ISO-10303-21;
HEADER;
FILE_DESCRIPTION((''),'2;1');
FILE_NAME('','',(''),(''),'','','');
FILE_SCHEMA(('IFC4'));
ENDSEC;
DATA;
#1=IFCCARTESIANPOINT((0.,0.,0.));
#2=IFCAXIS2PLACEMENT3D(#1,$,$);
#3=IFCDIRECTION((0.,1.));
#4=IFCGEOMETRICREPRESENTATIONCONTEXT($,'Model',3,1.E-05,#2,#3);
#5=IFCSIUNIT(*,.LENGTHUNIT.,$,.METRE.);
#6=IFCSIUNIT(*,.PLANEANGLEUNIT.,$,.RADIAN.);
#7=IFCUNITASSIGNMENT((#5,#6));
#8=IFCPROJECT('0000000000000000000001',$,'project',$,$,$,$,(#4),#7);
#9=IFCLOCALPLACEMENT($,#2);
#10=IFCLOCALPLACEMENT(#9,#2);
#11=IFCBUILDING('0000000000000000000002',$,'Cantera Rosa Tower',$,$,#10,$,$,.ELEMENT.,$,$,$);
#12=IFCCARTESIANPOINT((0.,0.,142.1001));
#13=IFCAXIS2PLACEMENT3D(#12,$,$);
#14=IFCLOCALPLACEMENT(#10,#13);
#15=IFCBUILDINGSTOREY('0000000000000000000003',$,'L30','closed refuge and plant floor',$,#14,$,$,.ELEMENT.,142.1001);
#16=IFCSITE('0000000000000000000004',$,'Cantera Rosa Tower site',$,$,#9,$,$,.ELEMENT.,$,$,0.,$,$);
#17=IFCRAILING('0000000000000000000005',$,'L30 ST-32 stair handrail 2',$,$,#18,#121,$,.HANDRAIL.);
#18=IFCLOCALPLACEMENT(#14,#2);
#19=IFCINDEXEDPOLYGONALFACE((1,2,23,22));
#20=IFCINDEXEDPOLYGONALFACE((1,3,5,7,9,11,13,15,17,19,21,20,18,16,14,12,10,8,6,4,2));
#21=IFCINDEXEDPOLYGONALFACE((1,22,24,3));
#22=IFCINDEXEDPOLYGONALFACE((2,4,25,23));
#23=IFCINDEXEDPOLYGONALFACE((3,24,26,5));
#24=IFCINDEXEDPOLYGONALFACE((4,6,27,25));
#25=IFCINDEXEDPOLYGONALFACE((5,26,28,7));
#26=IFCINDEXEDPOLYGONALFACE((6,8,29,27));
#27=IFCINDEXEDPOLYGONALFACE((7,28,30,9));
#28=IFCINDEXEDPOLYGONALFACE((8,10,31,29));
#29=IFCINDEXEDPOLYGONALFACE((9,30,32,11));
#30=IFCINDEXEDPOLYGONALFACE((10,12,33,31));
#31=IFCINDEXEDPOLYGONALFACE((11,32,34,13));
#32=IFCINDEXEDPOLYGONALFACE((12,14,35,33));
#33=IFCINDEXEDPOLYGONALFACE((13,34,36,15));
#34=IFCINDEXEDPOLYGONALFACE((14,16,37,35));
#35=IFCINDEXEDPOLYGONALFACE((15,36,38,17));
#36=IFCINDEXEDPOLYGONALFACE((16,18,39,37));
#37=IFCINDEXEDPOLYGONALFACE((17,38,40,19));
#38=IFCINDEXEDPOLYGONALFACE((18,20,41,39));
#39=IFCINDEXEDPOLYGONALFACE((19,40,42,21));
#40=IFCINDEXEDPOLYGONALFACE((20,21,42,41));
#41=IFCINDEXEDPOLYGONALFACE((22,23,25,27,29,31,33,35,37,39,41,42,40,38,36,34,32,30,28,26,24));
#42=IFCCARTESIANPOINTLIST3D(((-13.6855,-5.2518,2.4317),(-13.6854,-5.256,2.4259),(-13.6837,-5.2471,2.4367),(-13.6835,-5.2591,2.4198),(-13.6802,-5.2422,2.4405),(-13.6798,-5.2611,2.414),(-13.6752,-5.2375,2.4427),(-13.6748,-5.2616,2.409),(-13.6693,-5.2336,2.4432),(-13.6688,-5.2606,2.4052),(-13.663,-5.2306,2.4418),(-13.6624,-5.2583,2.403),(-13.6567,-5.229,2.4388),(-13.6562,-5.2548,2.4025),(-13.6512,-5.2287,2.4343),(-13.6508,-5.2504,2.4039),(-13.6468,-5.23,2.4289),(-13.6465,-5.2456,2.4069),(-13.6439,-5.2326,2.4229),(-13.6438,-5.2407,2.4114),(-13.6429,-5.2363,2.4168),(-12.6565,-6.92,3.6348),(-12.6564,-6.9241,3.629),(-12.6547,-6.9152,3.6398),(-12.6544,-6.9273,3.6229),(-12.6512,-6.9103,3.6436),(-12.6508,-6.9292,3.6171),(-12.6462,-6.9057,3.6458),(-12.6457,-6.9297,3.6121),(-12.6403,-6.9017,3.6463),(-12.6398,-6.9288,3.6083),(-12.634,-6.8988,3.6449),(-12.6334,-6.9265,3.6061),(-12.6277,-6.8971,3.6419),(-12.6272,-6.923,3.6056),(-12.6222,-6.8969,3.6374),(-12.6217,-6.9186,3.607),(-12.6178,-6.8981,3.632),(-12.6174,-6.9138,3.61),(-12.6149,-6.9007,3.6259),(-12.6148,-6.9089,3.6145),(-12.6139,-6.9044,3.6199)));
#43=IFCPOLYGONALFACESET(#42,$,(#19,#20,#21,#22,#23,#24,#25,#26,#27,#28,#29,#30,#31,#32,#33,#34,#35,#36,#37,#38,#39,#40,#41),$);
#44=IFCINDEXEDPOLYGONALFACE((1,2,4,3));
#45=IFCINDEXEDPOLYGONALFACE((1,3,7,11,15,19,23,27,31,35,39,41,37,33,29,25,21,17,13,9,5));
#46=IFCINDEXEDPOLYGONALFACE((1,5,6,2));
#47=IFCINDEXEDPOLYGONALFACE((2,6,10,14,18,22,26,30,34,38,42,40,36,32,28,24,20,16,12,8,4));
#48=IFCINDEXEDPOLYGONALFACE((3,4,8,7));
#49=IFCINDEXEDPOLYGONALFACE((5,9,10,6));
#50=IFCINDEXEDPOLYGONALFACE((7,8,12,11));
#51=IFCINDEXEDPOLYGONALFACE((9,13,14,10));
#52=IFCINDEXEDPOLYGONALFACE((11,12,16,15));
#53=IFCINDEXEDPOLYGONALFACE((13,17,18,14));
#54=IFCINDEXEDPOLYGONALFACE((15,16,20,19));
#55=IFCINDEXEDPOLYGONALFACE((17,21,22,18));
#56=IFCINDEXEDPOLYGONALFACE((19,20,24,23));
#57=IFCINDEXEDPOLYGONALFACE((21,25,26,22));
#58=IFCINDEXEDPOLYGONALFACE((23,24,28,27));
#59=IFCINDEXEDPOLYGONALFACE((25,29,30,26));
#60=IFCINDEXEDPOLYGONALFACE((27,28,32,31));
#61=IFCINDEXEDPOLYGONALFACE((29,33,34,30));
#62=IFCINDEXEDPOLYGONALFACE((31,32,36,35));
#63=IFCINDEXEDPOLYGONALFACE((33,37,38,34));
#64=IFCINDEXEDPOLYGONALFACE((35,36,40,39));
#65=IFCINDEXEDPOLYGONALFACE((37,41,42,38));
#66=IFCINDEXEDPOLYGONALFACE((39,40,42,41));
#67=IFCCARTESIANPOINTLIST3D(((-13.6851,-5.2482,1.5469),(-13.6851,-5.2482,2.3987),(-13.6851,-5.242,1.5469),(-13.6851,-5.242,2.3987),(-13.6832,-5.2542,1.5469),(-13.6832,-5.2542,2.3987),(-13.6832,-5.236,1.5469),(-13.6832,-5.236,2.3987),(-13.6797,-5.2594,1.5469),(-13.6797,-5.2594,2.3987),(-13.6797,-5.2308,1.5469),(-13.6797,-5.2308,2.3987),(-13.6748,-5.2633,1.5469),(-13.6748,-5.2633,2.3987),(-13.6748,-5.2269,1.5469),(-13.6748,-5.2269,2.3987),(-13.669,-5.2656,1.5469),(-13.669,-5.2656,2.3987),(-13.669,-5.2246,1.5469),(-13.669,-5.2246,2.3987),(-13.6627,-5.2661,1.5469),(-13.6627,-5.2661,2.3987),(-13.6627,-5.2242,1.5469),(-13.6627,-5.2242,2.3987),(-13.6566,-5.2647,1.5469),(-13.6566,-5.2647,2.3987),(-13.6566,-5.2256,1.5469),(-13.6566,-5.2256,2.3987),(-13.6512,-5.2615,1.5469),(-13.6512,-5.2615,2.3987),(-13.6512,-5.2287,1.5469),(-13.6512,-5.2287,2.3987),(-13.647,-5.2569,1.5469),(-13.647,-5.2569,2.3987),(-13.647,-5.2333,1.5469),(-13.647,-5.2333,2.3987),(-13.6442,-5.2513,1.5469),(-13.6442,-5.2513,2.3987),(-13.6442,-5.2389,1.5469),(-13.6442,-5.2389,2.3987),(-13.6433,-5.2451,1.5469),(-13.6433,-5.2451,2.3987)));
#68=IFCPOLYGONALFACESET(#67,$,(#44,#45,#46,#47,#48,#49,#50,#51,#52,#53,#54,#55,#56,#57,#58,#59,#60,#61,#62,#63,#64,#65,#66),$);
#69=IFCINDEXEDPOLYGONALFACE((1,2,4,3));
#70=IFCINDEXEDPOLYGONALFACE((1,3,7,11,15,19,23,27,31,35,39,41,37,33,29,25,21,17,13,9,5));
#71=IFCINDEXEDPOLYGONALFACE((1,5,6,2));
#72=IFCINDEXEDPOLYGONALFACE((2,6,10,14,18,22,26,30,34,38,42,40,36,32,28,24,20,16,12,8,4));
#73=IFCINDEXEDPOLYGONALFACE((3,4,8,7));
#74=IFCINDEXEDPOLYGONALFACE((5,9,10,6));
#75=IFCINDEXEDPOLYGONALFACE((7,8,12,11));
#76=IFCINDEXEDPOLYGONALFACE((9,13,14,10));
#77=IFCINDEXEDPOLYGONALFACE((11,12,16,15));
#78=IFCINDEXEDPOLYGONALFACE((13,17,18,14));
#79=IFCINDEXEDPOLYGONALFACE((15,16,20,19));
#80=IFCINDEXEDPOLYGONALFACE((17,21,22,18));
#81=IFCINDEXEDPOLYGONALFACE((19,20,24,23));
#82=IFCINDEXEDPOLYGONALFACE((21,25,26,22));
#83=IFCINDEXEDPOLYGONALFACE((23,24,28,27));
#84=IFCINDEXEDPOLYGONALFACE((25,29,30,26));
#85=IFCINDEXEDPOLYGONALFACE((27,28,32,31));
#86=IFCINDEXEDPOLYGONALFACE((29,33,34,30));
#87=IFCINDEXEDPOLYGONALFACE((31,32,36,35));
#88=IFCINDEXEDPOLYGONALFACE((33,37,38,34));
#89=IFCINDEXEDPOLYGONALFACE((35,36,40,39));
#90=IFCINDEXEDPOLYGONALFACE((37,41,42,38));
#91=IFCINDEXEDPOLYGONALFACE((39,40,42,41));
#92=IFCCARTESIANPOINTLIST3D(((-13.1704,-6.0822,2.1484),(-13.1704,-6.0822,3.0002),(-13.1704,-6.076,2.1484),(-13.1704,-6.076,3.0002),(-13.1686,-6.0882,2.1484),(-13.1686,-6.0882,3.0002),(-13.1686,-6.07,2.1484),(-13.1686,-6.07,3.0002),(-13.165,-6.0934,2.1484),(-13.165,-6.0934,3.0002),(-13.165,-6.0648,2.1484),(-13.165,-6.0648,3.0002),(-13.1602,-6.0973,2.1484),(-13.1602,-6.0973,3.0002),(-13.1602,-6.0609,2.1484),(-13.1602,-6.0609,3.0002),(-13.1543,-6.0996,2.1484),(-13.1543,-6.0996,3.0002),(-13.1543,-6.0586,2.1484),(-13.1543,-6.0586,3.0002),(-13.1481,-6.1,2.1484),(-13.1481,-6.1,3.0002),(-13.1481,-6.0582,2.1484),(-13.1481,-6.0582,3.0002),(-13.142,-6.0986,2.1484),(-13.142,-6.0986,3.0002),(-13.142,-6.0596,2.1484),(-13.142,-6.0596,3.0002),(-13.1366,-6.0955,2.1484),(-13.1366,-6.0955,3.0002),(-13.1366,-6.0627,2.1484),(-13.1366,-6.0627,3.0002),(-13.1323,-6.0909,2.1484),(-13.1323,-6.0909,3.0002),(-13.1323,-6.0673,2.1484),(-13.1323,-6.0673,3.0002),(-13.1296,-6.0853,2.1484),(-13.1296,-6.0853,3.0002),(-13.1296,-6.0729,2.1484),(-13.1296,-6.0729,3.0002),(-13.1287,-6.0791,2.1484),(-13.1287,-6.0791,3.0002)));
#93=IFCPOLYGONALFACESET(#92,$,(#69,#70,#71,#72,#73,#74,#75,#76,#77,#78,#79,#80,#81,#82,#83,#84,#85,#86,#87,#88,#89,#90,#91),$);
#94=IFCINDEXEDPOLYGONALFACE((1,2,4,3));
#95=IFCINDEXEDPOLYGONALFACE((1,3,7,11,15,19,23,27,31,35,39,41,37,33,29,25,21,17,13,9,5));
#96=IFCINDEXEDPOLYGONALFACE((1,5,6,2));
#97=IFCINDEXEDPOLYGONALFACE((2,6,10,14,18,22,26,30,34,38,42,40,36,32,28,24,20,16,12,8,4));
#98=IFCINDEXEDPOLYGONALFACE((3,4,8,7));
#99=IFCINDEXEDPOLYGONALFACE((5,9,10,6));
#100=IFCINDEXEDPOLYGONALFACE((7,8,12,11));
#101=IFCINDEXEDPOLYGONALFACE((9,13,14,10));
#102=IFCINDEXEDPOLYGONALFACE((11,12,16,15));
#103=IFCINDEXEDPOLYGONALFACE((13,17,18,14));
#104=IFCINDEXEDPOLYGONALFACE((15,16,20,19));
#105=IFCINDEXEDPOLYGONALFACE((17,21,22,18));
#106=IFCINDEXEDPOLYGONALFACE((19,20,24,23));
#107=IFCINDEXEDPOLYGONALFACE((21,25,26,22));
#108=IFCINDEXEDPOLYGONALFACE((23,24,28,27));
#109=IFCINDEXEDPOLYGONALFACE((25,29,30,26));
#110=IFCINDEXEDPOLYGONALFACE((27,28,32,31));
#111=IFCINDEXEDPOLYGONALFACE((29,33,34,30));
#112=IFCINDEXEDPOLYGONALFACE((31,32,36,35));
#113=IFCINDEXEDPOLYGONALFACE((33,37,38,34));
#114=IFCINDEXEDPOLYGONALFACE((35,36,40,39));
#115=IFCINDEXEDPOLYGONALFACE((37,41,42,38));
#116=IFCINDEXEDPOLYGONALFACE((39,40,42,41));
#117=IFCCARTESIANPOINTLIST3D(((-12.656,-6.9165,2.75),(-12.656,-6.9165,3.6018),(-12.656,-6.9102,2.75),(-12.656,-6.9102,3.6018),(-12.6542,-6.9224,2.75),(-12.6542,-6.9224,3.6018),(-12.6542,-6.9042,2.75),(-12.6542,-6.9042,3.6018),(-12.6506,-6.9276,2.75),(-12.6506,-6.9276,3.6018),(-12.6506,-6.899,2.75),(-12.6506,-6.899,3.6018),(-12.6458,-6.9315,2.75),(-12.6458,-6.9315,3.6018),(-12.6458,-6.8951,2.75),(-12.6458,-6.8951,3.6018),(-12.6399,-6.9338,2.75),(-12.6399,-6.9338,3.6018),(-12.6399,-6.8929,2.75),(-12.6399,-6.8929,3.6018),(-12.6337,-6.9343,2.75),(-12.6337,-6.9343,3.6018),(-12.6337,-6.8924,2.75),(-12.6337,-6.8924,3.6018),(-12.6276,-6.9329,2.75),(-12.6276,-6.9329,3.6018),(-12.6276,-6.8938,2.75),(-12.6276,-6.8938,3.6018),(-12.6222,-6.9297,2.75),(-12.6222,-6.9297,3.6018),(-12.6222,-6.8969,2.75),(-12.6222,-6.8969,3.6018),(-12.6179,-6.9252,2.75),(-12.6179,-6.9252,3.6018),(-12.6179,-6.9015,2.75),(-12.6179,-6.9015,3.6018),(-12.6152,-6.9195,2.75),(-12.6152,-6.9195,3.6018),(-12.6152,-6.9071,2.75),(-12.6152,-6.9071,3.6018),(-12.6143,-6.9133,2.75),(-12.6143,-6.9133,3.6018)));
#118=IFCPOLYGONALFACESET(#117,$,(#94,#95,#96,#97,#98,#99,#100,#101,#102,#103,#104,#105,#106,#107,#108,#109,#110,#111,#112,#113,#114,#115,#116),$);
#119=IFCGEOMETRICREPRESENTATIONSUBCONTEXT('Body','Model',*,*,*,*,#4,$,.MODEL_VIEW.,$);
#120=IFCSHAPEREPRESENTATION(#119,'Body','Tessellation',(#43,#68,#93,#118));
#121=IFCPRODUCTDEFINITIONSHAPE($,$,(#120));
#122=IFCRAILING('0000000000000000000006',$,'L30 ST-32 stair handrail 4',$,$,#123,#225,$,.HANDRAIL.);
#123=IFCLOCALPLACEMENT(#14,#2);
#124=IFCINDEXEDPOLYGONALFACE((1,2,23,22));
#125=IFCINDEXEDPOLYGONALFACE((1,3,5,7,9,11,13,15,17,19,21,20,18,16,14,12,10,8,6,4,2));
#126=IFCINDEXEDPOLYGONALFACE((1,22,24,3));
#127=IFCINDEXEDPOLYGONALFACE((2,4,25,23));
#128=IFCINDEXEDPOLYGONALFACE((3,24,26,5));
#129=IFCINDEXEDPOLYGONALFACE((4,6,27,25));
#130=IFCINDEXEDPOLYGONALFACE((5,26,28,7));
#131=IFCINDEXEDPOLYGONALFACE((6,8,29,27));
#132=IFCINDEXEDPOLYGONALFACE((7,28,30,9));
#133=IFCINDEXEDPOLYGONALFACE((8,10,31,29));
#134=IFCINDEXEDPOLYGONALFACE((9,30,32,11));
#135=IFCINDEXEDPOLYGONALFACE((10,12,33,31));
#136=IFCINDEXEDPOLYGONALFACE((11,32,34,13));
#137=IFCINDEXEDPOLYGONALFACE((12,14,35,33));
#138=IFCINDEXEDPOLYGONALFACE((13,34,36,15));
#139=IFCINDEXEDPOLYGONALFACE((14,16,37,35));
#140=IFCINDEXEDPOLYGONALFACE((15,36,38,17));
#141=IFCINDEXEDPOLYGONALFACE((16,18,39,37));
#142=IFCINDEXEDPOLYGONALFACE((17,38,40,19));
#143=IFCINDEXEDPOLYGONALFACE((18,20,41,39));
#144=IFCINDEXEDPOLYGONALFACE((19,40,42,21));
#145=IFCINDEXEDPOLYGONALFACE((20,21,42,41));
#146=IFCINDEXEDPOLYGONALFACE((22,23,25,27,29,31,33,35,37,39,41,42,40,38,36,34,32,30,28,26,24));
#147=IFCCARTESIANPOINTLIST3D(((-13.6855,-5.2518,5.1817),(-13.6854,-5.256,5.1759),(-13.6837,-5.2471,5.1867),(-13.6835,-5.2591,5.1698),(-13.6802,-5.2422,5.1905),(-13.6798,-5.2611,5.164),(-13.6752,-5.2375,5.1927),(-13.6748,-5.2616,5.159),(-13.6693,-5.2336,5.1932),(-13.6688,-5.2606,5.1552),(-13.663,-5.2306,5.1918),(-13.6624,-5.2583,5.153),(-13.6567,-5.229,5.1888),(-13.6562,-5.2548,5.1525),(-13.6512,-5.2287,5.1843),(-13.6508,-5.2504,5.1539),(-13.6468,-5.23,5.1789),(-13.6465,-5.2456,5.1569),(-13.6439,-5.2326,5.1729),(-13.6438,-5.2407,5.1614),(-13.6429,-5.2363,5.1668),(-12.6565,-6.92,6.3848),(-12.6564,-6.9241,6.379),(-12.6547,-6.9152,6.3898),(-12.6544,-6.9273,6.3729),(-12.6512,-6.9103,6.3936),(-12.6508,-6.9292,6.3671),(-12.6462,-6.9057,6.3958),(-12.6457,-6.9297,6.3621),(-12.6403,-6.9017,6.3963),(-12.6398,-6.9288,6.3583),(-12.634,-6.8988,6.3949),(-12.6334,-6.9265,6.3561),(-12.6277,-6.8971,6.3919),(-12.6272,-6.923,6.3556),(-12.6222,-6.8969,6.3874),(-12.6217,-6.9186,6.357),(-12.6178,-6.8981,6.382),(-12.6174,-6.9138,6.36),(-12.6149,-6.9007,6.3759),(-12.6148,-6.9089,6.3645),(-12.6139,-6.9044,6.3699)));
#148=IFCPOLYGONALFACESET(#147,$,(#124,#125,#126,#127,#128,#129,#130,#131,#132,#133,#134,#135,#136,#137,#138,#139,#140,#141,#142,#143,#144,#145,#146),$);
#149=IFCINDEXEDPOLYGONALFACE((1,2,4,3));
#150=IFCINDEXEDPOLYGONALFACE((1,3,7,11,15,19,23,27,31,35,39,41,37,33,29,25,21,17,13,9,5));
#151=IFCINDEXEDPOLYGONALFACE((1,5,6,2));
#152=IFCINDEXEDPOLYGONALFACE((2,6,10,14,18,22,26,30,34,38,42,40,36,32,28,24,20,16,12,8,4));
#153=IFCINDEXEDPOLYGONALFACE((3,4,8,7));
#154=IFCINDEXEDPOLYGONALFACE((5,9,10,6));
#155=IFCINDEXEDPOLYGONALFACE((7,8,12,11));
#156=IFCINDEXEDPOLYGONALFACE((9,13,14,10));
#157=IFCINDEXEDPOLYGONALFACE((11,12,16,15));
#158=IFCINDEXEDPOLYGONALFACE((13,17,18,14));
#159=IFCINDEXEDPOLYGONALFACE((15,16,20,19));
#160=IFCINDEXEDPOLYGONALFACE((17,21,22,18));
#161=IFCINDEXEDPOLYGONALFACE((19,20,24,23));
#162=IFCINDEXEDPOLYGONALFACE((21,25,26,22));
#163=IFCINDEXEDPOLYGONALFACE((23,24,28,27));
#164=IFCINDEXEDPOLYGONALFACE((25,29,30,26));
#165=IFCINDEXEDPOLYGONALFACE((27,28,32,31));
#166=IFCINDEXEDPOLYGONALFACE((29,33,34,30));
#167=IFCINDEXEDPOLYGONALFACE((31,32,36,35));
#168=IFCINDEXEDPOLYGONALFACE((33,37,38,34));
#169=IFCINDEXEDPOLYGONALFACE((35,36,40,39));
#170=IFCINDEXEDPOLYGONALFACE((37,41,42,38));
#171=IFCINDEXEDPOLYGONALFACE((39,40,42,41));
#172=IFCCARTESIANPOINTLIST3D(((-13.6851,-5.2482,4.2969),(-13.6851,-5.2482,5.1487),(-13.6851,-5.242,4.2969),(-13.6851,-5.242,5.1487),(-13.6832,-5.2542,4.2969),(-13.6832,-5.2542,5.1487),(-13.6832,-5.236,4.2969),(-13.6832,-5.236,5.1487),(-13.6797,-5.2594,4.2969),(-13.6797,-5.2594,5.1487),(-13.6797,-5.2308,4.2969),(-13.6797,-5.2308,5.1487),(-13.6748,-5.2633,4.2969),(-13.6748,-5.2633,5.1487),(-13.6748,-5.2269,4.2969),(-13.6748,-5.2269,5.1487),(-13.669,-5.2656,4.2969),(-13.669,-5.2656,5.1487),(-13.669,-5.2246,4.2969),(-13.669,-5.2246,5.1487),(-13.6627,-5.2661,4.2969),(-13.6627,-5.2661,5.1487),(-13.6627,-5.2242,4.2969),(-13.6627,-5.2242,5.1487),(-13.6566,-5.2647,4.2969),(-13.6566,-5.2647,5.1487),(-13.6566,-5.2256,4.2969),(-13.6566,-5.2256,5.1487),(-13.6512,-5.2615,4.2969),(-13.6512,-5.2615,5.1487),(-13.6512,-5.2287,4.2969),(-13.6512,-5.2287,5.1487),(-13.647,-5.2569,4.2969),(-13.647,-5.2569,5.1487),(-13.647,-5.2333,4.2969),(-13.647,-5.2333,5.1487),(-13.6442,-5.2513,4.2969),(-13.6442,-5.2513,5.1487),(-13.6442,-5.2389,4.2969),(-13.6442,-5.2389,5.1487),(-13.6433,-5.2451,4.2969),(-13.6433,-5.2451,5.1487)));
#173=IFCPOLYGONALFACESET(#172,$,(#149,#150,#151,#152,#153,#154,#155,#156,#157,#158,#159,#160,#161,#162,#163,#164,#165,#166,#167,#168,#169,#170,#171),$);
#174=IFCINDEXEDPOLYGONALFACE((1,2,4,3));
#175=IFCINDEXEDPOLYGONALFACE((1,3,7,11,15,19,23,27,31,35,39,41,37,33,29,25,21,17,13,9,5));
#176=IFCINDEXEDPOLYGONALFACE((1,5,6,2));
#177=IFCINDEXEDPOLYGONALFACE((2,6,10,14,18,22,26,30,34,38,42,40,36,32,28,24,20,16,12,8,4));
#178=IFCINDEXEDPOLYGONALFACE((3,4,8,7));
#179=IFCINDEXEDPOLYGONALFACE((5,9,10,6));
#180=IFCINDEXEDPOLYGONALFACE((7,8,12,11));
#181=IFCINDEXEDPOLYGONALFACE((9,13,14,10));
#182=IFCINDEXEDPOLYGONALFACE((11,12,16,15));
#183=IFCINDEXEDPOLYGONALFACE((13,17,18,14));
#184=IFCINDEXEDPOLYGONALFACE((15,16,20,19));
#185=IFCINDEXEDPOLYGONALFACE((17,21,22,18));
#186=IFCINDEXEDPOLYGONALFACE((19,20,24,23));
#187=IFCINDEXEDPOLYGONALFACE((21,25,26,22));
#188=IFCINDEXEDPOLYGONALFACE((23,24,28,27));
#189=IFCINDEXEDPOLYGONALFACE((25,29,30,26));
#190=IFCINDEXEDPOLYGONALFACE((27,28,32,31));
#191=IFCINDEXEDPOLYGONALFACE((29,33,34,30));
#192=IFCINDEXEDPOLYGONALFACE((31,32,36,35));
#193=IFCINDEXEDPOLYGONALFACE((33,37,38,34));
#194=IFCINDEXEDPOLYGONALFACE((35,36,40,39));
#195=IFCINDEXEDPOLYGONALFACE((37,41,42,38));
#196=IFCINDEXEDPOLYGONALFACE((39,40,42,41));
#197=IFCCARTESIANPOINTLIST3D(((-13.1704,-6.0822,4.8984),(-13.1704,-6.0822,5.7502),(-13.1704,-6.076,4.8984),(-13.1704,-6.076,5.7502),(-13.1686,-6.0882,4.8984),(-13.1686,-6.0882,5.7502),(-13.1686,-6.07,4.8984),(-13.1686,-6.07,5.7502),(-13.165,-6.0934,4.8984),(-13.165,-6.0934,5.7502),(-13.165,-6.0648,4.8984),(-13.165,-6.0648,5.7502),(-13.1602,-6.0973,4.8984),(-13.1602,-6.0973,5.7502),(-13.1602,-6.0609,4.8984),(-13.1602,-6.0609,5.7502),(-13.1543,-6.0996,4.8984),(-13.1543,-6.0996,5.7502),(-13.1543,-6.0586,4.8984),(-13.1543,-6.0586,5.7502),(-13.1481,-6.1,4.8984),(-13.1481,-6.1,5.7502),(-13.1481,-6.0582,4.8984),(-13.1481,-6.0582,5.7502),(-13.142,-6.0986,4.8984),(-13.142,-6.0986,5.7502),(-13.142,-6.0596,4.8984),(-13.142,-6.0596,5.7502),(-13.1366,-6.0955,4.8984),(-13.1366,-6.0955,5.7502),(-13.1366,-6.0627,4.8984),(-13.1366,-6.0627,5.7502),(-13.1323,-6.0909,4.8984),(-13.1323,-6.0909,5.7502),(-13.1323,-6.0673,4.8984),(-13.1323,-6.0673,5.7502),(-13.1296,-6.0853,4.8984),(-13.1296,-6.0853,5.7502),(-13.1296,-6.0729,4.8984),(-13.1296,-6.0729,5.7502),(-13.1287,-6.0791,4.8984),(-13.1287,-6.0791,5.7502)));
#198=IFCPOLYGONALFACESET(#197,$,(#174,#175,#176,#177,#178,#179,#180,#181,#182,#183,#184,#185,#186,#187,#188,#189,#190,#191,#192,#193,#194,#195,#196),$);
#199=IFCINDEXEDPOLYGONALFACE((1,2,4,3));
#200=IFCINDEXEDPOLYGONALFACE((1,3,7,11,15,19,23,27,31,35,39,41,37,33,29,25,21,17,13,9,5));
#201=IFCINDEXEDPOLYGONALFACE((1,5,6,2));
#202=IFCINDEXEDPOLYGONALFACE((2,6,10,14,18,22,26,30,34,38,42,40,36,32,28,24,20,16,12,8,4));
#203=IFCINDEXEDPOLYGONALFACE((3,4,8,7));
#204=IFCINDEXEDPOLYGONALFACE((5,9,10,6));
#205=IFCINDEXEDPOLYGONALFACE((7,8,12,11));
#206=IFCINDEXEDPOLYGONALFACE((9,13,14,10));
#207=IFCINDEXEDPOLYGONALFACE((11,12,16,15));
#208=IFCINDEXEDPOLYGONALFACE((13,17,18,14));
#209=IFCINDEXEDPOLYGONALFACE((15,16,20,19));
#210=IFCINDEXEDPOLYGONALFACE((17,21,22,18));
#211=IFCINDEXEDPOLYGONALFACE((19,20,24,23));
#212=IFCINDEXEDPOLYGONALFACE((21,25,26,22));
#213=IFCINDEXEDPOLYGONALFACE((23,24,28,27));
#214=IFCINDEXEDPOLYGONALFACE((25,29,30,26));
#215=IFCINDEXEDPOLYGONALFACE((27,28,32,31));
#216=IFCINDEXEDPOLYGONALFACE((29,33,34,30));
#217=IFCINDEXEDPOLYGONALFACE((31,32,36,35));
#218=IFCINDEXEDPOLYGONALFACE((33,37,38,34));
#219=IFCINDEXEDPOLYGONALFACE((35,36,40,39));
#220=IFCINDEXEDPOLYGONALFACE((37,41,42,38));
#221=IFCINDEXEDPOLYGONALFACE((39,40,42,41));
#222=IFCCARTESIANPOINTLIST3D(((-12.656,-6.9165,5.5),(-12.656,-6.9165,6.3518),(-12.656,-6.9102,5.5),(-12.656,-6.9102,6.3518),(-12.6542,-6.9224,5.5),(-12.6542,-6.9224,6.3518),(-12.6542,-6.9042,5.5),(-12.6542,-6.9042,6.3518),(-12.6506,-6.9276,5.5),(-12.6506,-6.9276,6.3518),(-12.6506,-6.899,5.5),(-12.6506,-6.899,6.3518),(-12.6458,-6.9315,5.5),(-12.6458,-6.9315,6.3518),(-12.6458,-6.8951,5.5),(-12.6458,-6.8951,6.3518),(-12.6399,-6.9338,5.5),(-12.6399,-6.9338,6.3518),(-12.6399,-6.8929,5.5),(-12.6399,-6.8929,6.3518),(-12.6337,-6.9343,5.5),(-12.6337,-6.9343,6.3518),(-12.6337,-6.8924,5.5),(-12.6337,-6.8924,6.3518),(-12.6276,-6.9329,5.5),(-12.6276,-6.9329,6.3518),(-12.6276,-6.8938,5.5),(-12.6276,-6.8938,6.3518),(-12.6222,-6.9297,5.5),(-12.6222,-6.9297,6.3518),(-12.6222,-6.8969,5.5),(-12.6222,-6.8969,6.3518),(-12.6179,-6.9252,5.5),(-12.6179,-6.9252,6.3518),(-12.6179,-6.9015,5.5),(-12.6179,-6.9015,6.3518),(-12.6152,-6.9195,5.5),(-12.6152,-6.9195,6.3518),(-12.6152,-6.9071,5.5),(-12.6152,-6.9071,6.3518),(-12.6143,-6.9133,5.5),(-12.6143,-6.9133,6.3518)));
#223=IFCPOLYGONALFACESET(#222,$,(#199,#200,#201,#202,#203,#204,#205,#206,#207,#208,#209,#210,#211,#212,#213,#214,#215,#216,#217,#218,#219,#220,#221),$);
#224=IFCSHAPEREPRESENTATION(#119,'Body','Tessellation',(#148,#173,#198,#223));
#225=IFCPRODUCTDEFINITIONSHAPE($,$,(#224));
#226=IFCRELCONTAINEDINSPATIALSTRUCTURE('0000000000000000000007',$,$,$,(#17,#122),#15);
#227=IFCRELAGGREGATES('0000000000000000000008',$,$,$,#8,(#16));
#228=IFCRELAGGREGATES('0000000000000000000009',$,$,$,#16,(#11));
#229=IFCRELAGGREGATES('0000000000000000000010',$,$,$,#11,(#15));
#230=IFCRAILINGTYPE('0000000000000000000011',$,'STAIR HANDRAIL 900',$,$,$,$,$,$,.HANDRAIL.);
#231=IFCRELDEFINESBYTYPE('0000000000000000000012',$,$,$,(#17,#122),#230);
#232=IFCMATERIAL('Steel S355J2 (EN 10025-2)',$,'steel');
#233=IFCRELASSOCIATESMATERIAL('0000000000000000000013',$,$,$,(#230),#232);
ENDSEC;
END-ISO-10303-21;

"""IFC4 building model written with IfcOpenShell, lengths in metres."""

from ifc_helpers import new_model, si_unit, direction, frame, origin, origin_2d, place, context, subcontext, project, spatial, circle, extrude, material, type_object, element, save


model = new_model("IFC4")

# Units and contexts
model_context = context("Model", 3, precision=1e-05, world=origin(), true_north=direction((0.0, 1.0)))
body_context = subcontext(model_context, "Body", "Model", "MODEL_VIEW")
ifc_project = project(units=[si_unit("LENGTHUNIT", "METRE"), si_unit("PLANEANGLEUNIT", "RADIAN")], contexts=[model_context])

# Site, building, storey
site_placement = place(None, origin())
site = spatial("IfcSite", under=ifc_project, at=site_placement, Name="Cantera Rosa Tower site", CompositionType="ELEMENT", RefElevation=0.0)
building_placement = place(site_placement, origin())
building = spatial("IfcBuilding", under=site, at=building_placement, Name="Cantera Rosa Tower", CompositionType="ELEMENT")
storey_placement = place(building_placement, frame((0.0, 0.0, 142.1001)))
storey = spatial("IfcBuildingStorey", under=building, at=storey_placement, Name="L30", Description="closed refuge and plant floor", CompositionType="ELEMENT", Elevation=142.1001)

# Railings
ifc_material_1 = material(Name="Steel S355J2 (EN 10025-2)", Category="steel")
railing_type = type_object("IfcRailingType", Name="STAIR HANDRAIL 900", PredefinedType="HANDRAIL", material=ifc_material_1)
for number, where, name in (
    (1, (-13.6643, -5.2451, 1.5469), "L30 ST-32 stair handrail 2"),
    (2, (-13.6643, -5.2451, 4.2969), "L30 ST-32 stair handrail 4"),
):
    element("IfcRailing", number, at=place(storey_placement, frame(where)), inside=storey, type_object=railing_type, Name=name, PredefinedType="HANDRAIL", context=body_context, shape_type="SweptSolid", body=[
        extrude(circle(Radius=0.0239, at=origin_2d()), frame((0.0, 0.0, 0.876), z_axis=(0.44744, -0.725352, 0.523128), x_axis=(0.851098, 0.525008, 0.0)), (0.0, 0.0, 1.0), 2.2998),
        extrude(circle(Radius=0.021, at=origin_2d()), origin(), (0.0, 0.0, 1.0), 0.8518),
        extrude(circle(Radius=0.021, at=origin_2d()), frame((0.5146, -0.834, 0.6016)), (0.0, 0.0, 1.0), 0.8518),
        extrude(circle(Radius=0.021, at=origin_2d()), frame((1.0291, -1.6682, 1.2031)), (0.0, 0.0, 1.0), 0.8518),
    ])

save(model, "model.ifc")
